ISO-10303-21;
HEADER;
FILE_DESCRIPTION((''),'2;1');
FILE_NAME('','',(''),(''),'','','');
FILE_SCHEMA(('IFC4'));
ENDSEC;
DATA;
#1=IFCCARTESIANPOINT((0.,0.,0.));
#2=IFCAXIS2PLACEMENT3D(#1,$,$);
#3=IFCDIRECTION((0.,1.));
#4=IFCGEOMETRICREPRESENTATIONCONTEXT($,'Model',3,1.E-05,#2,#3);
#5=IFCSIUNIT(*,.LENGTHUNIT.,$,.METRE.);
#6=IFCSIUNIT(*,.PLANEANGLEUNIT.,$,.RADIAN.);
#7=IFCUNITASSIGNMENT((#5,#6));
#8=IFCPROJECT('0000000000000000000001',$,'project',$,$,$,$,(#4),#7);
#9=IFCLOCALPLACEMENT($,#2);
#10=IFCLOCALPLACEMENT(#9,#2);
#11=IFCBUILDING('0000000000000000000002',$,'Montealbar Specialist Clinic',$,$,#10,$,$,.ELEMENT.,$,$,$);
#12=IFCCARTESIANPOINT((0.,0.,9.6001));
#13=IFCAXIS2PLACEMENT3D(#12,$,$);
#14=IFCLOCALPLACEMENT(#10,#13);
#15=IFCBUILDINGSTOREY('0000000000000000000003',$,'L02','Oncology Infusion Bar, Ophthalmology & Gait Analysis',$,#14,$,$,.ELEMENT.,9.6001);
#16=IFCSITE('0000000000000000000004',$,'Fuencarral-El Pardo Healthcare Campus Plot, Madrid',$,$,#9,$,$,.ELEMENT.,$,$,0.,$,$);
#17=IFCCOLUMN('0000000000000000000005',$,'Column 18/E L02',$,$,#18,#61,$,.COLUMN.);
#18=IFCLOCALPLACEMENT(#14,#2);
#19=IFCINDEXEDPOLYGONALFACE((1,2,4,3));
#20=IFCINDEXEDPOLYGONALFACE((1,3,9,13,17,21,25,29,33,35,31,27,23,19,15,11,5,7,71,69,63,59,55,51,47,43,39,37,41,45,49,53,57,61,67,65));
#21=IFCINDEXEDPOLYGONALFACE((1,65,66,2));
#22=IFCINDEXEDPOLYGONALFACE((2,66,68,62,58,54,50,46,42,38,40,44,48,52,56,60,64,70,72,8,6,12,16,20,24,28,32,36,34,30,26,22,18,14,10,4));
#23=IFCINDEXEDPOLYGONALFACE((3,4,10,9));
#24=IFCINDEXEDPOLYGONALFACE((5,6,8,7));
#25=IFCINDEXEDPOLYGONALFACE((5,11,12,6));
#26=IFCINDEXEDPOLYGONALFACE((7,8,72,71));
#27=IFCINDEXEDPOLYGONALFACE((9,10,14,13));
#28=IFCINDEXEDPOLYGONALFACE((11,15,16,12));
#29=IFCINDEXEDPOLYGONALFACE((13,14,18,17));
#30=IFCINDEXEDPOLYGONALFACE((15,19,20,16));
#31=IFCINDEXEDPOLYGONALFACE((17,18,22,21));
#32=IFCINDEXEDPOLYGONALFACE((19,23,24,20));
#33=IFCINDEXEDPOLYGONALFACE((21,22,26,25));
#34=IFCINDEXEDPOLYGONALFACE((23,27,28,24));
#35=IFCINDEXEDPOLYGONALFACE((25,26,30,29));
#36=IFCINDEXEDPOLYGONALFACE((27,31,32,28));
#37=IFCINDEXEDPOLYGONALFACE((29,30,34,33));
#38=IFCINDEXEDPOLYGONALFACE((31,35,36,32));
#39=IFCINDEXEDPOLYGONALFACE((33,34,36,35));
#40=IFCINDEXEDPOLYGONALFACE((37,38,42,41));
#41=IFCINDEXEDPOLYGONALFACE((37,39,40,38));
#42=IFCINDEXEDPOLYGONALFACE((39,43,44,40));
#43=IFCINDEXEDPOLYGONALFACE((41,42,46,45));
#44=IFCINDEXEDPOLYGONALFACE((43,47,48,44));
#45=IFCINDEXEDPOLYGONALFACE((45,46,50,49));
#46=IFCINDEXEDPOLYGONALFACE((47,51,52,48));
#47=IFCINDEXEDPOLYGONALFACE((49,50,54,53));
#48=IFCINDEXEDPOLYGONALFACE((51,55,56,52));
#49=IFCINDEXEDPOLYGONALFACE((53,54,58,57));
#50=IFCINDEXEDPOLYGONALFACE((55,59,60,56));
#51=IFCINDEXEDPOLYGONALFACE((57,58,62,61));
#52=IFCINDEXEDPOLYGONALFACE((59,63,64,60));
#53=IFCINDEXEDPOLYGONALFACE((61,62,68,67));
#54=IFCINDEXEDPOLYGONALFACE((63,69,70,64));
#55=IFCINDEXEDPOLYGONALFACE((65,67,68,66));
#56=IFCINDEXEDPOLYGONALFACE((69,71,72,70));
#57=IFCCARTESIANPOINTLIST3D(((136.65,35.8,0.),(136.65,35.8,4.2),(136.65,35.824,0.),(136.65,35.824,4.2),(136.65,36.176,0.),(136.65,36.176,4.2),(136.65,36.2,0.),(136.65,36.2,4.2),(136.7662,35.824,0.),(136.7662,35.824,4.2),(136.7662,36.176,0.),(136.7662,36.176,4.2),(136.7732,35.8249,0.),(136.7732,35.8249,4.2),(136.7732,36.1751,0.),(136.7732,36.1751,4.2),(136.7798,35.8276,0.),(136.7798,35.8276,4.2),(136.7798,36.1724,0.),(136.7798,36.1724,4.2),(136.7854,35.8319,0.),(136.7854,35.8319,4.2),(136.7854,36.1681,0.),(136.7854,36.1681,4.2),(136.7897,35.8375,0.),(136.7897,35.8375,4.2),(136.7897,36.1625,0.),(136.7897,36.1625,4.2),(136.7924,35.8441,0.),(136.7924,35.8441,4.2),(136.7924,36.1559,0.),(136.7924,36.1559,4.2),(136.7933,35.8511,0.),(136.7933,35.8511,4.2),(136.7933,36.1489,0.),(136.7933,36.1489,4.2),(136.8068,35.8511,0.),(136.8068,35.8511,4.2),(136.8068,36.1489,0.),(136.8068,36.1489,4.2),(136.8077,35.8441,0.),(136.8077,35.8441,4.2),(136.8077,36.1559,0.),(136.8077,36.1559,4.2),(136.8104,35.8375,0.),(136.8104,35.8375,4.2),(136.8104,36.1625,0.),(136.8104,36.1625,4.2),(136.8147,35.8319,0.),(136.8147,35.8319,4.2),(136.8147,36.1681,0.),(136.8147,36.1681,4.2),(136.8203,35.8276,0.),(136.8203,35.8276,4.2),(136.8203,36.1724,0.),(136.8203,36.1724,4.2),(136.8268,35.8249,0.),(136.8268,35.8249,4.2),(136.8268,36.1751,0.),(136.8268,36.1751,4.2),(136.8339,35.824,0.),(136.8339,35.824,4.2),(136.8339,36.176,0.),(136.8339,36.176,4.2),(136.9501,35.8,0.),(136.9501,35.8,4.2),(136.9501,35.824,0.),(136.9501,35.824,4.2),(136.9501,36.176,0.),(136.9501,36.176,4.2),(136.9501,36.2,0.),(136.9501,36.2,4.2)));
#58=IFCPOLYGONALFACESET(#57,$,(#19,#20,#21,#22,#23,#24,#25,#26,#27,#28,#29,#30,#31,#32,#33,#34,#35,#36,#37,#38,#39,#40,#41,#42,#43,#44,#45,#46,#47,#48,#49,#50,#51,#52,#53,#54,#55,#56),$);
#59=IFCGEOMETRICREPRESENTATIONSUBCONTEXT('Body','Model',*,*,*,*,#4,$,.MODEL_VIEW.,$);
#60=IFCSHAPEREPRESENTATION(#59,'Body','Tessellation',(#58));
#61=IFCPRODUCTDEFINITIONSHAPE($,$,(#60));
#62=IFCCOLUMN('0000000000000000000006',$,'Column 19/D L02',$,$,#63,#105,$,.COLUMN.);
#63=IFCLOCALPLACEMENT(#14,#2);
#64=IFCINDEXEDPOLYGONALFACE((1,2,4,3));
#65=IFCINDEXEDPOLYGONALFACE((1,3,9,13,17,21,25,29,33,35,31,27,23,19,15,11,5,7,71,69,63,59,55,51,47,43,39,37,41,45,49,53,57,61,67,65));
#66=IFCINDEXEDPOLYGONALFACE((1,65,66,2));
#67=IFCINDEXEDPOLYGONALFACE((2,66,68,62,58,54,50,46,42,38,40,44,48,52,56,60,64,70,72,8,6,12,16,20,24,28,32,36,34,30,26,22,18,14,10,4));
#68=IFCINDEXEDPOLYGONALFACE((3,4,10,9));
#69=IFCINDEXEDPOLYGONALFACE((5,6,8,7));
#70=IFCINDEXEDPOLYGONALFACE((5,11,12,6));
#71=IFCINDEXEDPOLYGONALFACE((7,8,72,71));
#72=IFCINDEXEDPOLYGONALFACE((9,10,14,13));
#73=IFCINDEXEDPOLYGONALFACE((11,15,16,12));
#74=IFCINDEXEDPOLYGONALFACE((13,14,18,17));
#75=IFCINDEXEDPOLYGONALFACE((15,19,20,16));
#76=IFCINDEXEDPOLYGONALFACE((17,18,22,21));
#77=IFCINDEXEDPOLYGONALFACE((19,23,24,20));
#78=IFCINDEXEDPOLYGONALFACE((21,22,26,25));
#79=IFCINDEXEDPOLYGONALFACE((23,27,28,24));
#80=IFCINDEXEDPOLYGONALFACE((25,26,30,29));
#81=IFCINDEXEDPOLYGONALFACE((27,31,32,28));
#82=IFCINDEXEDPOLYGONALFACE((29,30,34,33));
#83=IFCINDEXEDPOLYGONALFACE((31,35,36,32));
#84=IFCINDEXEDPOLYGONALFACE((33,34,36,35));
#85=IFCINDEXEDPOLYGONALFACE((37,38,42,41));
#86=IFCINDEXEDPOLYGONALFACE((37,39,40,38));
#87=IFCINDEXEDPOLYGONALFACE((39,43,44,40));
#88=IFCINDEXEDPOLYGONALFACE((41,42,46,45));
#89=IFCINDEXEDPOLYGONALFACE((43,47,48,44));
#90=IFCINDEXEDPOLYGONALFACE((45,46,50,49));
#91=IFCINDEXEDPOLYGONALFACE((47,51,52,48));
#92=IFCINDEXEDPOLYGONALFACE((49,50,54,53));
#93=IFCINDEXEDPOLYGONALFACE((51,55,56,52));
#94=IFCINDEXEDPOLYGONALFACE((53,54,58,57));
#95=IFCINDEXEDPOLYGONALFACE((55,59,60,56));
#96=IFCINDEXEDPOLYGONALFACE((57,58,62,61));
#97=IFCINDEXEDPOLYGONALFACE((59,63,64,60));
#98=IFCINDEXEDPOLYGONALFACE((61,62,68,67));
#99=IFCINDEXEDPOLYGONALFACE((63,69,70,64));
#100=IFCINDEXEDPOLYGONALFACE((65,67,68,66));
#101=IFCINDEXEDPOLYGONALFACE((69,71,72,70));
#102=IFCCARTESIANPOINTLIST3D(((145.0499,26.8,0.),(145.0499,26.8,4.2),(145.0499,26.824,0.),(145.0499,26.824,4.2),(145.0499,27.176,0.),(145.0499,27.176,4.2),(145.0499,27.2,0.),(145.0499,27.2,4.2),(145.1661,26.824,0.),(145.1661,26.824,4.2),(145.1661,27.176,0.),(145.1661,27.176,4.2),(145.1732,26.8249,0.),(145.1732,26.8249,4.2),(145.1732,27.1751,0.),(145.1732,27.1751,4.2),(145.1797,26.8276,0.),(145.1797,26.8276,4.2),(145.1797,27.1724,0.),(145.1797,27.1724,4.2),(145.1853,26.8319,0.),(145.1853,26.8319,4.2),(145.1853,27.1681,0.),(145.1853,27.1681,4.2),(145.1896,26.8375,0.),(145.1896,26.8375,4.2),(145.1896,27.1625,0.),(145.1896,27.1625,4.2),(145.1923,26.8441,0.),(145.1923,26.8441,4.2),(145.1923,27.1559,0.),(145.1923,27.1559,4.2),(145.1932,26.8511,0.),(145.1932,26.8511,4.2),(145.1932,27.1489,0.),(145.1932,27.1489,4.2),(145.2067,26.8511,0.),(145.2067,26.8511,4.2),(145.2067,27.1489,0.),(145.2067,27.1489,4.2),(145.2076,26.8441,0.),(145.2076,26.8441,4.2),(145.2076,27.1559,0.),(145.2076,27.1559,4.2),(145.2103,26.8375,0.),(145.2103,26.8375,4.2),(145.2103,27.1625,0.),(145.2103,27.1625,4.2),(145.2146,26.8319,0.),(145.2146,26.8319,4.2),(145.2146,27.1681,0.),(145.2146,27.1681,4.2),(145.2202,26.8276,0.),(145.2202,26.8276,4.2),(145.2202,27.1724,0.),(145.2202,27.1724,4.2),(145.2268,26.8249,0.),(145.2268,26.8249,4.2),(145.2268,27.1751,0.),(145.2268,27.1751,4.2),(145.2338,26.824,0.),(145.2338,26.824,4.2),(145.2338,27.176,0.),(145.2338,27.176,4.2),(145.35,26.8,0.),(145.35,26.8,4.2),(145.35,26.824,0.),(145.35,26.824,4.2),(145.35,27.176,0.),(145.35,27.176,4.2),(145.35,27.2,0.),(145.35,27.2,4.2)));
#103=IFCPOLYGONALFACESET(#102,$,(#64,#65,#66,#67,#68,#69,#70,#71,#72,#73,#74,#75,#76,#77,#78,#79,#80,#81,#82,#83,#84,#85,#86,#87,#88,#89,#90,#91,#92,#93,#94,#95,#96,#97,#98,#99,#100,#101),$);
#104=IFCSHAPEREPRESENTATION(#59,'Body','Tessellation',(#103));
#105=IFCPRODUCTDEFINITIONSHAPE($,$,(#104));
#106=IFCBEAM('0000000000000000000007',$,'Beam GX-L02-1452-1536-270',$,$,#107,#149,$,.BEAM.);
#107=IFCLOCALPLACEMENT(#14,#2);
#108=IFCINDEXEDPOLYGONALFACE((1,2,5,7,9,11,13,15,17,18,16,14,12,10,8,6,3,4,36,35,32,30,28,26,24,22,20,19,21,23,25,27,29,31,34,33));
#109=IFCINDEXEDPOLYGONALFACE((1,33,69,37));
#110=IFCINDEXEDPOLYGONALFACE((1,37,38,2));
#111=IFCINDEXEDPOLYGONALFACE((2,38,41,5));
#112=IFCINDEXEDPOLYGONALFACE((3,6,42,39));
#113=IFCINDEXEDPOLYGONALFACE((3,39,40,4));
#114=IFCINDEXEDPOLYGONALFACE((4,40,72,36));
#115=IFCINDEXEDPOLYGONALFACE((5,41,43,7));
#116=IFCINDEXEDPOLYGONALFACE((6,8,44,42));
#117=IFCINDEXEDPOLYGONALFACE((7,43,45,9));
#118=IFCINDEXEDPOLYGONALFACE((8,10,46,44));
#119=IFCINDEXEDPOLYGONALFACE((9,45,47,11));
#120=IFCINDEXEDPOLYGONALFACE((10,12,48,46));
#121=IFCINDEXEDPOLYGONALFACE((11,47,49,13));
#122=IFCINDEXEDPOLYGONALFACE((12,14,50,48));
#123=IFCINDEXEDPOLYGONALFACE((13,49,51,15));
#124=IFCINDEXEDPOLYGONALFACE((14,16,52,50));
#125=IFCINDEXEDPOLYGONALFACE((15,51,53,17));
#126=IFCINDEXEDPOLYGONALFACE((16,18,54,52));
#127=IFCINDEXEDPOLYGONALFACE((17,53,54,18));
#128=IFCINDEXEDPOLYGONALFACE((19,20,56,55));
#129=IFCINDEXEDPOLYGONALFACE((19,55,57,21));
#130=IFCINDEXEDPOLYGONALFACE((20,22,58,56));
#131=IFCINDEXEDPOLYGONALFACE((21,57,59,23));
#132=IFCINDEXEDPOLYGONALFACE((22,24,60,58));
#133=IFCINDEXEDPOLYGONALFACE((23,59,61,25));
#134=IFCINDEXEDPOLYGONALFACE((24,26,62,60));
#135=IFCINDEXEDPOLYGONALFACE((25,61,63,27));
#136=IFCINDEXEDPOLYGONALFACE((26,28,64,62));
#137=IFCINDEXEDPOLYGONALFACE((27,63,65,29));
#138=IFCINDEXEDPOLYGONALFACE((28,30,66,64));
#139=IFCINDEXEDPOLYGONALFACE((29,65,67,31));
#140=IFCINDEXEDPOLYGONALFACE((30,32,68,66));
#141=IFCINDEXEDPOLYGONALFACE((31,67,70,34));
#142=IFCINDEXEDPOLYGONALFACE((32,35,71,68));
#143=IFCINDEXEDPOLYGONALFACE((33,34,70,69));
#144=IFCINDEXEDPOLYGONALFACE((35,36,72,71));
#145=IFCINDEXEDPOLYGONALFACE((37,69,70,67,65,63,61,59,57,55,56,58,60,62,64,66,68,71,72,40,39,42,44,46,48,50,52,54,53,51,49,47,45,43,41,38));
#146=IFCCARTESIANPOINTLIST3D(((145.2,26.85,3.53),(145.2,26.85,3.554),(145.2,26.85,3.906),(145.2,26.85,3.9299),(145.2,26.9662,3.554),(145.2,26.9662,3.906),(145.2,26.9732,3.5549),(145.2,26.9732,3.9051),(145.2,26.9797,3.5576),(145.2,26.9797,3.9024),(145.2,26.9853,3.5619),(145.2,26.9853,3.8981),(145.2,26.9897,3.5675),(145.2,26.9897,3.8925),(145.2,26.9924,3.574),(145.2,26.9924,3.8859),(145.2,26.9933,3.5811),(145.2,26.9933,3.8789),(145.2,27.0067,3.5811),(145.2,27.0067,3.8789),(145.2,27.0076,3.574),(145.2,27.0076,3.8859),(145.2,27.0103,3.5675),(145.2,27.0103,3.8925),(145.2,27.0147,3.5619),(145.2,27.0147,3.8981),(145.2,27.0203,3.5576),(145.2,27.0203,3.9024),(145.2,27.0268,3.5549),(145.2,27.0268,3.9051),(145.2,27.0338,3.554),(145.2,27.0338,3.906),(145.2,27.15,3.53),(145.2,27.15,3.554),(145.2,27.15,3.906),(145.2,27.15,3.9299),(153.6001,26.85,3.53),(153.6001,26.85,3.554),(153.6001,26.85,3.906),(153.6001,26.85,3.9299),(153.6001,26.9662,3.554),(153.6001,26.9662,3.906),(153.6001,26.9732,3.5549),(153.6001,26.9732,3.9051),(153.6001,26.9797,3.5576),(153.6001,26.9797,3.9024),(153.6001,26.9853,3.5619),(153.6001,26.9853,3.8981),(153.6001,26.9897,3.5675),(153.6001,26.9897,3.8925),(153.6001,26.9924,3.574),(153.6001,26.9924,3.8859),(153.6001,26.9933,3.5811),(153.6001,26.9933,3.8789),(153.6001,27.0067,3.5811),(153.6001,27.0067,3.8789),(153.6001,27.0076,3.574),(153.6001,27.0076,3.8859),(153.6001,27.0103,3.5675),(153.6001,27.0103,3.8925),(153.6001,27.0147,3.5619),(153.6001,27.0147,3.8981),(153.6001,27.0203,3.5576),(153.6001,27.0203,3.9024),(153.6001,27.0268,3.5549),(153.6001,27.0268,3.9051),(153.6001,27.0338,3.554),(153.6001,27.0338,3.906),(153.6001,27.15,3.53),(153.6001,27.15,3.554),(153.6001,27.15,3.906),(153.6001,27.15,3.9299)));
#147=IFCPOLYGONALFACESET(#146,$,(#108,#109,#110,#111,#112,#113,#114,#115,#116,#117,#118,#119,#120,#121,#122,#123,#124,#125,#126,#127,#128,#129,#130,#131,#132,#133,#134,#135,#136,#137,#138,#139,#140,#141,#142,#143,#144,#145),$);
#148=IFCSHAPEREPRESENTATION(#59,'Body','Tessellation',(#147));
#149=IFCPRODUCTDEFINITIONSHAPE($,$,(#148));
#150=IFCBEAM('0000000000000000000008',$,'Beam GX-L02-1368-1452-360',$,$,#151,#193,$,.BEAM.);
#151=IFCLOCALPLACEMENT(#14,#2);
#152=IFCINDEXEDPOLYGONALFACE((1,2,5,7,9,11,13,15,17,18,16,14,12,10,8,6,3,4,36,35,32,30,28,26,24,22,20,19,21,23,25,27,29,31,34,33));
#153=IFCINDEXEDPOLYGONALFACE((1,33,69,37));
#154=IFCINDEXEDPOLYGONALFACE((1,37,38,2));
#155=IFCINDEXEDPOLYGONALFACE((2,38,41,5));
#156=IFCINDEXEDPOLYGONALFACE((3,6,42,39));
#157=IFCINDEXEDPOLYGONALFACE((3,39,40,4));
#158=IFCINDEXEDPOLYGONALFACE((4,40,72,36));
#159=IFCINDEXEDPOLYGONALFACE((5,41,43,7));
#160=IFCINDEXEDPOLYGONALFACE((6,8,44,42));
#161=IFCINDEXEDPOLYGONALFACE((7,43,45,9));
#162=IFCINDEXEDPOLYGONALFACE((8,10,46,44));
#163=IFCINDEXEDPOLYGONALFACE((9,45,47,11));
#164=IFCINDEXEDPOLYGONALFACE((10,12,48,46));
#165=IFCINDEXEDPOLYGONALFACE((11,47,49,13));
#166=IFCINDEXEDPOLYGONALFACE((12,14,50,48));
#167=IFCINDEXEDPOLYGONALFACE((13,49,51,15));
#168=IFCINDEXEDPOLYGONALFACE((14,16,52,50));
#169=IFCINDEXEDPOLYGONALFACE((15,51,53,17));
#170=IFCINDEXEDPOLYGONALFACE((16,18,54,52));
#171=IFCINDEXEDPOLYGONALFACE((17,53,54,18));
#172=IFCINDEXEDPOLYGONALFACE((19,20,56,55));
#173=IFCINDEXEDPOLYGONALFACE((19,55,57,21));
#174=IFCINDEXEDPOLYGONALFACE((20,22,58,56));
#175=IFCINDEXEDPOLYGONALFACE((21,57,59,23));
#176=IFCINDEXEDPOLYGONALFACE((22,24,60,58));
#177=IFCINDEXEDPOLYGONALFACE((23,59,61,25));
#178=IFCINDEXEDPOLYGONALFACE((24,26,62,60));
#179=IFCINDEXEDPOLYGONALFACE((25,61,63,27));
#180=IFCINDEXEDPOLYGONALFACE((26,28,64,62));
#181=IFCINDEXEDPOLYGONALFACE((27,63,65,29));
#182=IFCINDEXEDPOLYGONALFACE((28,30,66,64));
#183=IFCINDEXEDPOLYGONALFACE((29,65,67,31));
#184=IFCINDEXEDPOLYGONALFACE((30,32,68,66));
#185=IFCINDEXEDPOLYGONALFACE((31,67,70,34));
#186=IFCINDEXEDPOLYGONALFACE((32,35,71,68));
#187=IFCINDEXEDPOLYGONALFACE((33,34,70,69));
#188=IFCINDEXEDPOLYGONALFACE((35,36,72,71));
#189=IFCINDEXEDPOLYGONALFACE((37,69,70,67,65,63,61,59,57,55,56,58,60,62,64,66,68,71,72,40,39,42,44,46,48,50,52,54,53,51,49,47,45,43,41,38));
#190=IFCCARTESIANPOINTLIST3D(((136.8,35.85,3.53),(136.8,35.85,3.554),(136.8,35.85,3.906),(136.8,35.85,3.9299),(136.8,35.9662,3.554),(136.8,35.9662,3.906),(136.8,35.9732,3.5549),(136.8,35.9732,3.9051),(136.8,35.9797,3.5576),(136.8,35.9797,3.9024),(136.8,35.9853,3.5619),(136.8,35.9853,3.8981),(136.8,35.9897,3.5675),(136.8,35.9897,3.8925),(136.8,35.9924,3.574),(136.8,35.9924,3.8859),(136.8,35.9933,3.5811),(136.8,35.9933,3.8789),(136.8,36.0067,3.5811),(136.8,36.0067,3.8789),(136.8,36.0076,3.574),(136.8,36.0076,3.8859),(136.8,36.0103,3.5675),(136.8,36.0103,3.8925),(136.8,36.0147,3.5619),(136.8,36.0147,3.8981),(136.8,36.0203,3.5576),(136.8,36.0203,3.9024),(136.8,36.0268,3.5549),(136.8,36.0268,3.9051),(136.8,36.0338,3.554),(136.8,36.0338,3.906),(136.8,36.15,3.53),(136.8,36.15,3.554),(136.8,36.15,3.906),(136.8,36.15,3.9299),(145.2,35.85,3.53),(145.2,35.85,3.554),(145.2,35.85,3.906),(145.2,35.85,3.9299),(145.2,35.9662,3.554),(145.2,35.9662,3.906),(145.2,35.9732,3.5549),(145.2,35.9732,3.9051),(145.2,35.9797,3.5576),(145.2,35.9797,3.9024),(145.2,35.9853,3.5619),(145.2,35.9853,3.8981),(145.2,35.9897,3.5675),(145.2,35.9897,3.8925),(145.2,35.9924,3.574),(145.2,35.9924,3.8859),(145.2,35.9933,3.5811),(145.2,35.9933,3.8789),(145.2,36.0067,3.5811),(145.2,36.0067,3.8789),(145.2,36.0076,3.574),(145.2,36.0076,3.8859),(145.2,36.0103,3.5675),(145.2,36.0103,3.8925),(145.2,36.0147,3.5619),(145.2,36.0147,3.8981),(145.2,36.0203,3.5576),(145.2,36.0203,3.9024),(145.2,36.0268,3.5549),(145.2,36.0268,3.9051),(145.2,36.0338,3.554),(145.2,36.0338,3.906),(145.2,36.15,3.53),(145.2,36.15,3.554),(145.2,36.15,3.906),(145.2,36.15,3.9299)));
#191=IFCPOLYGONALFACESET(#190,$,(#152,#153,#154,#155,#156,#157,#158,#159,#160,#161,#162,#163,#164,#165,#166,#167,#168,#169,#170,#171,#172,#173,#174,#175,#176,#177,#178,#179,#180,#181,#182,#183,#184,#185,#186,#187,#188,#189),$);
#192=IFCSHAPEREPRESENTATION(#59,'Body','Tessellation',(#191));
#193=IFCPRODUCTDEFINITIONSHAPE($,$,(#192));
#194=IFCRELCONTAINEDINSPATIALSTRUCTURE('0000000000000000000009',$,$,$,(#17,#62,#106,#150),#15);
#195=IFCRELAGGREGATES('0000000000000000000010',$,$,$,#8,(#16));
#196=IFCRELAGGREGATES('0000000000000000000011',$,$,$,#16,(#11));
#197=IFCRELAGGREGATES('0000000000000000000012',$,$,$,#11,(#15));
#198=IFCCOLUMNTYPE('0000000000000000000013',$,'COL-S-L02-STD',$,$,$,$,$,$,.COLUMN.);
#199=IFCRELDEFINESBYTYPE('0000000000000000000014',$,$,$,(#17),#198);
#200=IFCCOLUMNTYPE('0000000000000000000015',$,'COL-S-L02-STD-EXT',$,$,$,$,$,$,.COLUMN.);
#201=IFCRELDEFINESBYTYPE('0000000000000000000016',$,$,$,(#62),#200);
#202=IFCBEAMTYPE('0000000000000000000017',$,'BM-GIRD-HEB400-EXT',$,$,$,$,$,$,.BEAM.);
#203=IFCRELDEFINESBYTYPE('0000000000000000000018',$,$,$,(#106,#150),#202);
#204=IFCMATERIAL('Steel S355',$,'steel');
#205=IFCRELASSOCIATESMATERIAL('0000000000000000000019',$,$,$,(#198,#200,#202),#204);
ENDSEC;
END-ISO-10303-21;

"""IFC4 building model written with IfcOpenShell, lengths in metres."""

from ifc_helpers import new_model, si_unit, direction, frame, origin, origin_2d, place, context, subcontext, project, spatial, i_section, extrude, material, material_profile, profile_set, type_object, element, save


model = new_model("IFC4")

# Units and contexts
model_context = context("Model", 3, precision=1e-05, world=origin(), true_north=direction((0.0, 1.0)))
body_context = subcontext(model_context, "Body", "Model", "MODEL_VIEW")
ifc_project = project(units=[si_unit("LENGTHUNIT", "METRE"), si_unit("PLANEANGLEUNIT", "RADIAN")], contexts=[model_context])

# Site, building, storey
site_placement = place(None, origin())
site = spatial("IfcSite", under=ifc_project, at=site_placement, Name="Fuencarral-El Pardo Healthcare Campus Plot, Madrid", CompositionType="ELEMENT", RefElevation=0.0)
building_placement = place(site_placement, origin())
building = spatial("IfcBuilding", under=site, at=building_placement, Name="Montealbar Specialist Clinic", CompositionType="ELEMENT")
storey_placement = place(building_placement, frame((0.0, 0.0, 9.6001)))
storey = spatial("IfcBuildingStorey", under=building, at=storey_placement, Name="L02", Description="Oncology Infusion Bar, Ophthalmology & Gait Analysis", CompositionType="ELEMENT", Elevation=9.6001)

# Columns
ifc_material_1 = material(Name="Steel S355", Category="steel")
ifc_material_profile_1 = material_profile(ifc_material_1, i_section(OverallWidth=0.3, OverallDepth=0.3999, WebThickness=0.0134, FlangeThickness=0.0239, FilletRadius=0.0271, at=origin_2d()), Name="HEB 400", Category="steel")
ifc_profile_set_1 = profile_set([ifc_material_profile_1], Name="Steel S355")
column_type_1 = type_object("IfcColumnType", Name="COL-S-L02-STD", PredefinedType="COLUMN", material=ifc_profile_set_1)
column_1_placement = place(storey_placement, frame((136.8, 36.0, 0.0), z_axis=(0.0, 0.0, 1.0), x_axis=(1.0, 0.0, 0.0)))
element("IfcColumn", 1, at=column_1_placement, inside=storey, type_object=column_type_1, Name="Column 18/E L02", PredefinedType="COLUMN", context=body_context, shape_type="SweptSolid", body=[
    extrude(i_section(OverallWidth=0.3, OverallDepth=0.3999, WebThickness=0.0134, FlangeThickness=0.0239, FilletRadius=0.0271, at=origin_2d()), origin(), (0.0, 0.0, 1.0), 4.2),
])
ifc_material_profile_2 = material_profile(ifc_material_1, i_section(OverallWidth=0.3, OverallDepth=0.3999, WebThickness=0.0134, FlangeThickness=0.0239, FilletRadius=0.0271, at=origin_2d()), Name="HEB 400", Category="steel")
ifc_profile_set_2 = profile_set([ifc_material_profile_2], Name="Steel S355")
column_type_2 = type_object("IfcColumnType", Name="COL-S-L02-STD-EXT", PredefinedType="COLUMN", material=ifc_profile_set_2)
column_2_placement = place(storey_placement, frame((145.2, 27.0, 0.0), z_axis=(0.0, 0.0, 1.0), x_axis=(1.0, 0.0, 0.0)))
element("IfcColumn", 2, at=column_2_placement, inside=storey, type_object=column_type_2, Name="Column 19/D L02", PredefinedType="COLUMN", context=body_context, shape_type="SweptSolid", body=[
    extrude(i_section(OverallWidth=0.3, OverallDepth=0.3999, WebThickness=0.0134, FlangeThickness=0.0239, FilletRadius=0.0271, at=origin_2d()), origin(), (0.0, 0.0, 1.0), 4.2),
])

# Beams
ifc_material_profile_3 = material_profile(ifc_material_1, i_section(OverallWidth=0.3, OverallDepth=0.3999, WebThickness=0.0134, FlangeThickness=0.0239, FilletRadius=0.0271, at=origin_2d()), Name="HEB 400", Category="steel")
ifc_profile_set_3 = profile_set([ifc_material_profile_3], Name="Steel S355")
beam_type_1 = type_object("IfcBeamType", Name="BM-GIRD-HEB400-EXT", PredefinedType="BEAM", material=ifc_profile_set_3)
beam_1_placement = place(storey_placement, frame((145.2, 27.0, 3.73), z_axis=(1.0, 0.0, 0.0), x_axis=(0.0, 1.0, 0.0)))
element("IfcBeam", 3, at=beam_1_placement, inside=storey, type_object=beam_type_1, Name="Beam GX-L02-1452-1536-270", PredefinedType="BEAM", context=body_context, shape_type="SweptSolid", body=[
    extrude(i_section(OverallWidth=0.3, OverallDepth=0.3999, WebThickness=0.0134, FlangeThickness=0.0239, FilletRadius=0.0271, at=origin_2d()), origin(), (0.0, 0.0, 1.0), 8.4001),
])
beam_2_placement = place(storey_placement, frame((136.8, 36.0, 3.73), z_axis=(1.0, 0.0, 0.0), x_axis=(0.0, 1.0, 0.0)))
element("IfcBeam", 4, at=beam_2_placement, inside=storey, type_object=beam_type_1, Name="Beam GX-L02-1368-1452-360", PredefinedType="BEAM", context=body_context, shape_type="SweptSolid", body=[
    extrude(i_section(OverallWidth=0.3, OverallDepth=0.3999, WebThickness=0.0134, FlangeThickness=0.0239, FilletRadius=0.0271, at=origin_2d()), origin(), (0.0, 0.0, 1.0), 8.3999),
])

save(model, "model.ifc")
